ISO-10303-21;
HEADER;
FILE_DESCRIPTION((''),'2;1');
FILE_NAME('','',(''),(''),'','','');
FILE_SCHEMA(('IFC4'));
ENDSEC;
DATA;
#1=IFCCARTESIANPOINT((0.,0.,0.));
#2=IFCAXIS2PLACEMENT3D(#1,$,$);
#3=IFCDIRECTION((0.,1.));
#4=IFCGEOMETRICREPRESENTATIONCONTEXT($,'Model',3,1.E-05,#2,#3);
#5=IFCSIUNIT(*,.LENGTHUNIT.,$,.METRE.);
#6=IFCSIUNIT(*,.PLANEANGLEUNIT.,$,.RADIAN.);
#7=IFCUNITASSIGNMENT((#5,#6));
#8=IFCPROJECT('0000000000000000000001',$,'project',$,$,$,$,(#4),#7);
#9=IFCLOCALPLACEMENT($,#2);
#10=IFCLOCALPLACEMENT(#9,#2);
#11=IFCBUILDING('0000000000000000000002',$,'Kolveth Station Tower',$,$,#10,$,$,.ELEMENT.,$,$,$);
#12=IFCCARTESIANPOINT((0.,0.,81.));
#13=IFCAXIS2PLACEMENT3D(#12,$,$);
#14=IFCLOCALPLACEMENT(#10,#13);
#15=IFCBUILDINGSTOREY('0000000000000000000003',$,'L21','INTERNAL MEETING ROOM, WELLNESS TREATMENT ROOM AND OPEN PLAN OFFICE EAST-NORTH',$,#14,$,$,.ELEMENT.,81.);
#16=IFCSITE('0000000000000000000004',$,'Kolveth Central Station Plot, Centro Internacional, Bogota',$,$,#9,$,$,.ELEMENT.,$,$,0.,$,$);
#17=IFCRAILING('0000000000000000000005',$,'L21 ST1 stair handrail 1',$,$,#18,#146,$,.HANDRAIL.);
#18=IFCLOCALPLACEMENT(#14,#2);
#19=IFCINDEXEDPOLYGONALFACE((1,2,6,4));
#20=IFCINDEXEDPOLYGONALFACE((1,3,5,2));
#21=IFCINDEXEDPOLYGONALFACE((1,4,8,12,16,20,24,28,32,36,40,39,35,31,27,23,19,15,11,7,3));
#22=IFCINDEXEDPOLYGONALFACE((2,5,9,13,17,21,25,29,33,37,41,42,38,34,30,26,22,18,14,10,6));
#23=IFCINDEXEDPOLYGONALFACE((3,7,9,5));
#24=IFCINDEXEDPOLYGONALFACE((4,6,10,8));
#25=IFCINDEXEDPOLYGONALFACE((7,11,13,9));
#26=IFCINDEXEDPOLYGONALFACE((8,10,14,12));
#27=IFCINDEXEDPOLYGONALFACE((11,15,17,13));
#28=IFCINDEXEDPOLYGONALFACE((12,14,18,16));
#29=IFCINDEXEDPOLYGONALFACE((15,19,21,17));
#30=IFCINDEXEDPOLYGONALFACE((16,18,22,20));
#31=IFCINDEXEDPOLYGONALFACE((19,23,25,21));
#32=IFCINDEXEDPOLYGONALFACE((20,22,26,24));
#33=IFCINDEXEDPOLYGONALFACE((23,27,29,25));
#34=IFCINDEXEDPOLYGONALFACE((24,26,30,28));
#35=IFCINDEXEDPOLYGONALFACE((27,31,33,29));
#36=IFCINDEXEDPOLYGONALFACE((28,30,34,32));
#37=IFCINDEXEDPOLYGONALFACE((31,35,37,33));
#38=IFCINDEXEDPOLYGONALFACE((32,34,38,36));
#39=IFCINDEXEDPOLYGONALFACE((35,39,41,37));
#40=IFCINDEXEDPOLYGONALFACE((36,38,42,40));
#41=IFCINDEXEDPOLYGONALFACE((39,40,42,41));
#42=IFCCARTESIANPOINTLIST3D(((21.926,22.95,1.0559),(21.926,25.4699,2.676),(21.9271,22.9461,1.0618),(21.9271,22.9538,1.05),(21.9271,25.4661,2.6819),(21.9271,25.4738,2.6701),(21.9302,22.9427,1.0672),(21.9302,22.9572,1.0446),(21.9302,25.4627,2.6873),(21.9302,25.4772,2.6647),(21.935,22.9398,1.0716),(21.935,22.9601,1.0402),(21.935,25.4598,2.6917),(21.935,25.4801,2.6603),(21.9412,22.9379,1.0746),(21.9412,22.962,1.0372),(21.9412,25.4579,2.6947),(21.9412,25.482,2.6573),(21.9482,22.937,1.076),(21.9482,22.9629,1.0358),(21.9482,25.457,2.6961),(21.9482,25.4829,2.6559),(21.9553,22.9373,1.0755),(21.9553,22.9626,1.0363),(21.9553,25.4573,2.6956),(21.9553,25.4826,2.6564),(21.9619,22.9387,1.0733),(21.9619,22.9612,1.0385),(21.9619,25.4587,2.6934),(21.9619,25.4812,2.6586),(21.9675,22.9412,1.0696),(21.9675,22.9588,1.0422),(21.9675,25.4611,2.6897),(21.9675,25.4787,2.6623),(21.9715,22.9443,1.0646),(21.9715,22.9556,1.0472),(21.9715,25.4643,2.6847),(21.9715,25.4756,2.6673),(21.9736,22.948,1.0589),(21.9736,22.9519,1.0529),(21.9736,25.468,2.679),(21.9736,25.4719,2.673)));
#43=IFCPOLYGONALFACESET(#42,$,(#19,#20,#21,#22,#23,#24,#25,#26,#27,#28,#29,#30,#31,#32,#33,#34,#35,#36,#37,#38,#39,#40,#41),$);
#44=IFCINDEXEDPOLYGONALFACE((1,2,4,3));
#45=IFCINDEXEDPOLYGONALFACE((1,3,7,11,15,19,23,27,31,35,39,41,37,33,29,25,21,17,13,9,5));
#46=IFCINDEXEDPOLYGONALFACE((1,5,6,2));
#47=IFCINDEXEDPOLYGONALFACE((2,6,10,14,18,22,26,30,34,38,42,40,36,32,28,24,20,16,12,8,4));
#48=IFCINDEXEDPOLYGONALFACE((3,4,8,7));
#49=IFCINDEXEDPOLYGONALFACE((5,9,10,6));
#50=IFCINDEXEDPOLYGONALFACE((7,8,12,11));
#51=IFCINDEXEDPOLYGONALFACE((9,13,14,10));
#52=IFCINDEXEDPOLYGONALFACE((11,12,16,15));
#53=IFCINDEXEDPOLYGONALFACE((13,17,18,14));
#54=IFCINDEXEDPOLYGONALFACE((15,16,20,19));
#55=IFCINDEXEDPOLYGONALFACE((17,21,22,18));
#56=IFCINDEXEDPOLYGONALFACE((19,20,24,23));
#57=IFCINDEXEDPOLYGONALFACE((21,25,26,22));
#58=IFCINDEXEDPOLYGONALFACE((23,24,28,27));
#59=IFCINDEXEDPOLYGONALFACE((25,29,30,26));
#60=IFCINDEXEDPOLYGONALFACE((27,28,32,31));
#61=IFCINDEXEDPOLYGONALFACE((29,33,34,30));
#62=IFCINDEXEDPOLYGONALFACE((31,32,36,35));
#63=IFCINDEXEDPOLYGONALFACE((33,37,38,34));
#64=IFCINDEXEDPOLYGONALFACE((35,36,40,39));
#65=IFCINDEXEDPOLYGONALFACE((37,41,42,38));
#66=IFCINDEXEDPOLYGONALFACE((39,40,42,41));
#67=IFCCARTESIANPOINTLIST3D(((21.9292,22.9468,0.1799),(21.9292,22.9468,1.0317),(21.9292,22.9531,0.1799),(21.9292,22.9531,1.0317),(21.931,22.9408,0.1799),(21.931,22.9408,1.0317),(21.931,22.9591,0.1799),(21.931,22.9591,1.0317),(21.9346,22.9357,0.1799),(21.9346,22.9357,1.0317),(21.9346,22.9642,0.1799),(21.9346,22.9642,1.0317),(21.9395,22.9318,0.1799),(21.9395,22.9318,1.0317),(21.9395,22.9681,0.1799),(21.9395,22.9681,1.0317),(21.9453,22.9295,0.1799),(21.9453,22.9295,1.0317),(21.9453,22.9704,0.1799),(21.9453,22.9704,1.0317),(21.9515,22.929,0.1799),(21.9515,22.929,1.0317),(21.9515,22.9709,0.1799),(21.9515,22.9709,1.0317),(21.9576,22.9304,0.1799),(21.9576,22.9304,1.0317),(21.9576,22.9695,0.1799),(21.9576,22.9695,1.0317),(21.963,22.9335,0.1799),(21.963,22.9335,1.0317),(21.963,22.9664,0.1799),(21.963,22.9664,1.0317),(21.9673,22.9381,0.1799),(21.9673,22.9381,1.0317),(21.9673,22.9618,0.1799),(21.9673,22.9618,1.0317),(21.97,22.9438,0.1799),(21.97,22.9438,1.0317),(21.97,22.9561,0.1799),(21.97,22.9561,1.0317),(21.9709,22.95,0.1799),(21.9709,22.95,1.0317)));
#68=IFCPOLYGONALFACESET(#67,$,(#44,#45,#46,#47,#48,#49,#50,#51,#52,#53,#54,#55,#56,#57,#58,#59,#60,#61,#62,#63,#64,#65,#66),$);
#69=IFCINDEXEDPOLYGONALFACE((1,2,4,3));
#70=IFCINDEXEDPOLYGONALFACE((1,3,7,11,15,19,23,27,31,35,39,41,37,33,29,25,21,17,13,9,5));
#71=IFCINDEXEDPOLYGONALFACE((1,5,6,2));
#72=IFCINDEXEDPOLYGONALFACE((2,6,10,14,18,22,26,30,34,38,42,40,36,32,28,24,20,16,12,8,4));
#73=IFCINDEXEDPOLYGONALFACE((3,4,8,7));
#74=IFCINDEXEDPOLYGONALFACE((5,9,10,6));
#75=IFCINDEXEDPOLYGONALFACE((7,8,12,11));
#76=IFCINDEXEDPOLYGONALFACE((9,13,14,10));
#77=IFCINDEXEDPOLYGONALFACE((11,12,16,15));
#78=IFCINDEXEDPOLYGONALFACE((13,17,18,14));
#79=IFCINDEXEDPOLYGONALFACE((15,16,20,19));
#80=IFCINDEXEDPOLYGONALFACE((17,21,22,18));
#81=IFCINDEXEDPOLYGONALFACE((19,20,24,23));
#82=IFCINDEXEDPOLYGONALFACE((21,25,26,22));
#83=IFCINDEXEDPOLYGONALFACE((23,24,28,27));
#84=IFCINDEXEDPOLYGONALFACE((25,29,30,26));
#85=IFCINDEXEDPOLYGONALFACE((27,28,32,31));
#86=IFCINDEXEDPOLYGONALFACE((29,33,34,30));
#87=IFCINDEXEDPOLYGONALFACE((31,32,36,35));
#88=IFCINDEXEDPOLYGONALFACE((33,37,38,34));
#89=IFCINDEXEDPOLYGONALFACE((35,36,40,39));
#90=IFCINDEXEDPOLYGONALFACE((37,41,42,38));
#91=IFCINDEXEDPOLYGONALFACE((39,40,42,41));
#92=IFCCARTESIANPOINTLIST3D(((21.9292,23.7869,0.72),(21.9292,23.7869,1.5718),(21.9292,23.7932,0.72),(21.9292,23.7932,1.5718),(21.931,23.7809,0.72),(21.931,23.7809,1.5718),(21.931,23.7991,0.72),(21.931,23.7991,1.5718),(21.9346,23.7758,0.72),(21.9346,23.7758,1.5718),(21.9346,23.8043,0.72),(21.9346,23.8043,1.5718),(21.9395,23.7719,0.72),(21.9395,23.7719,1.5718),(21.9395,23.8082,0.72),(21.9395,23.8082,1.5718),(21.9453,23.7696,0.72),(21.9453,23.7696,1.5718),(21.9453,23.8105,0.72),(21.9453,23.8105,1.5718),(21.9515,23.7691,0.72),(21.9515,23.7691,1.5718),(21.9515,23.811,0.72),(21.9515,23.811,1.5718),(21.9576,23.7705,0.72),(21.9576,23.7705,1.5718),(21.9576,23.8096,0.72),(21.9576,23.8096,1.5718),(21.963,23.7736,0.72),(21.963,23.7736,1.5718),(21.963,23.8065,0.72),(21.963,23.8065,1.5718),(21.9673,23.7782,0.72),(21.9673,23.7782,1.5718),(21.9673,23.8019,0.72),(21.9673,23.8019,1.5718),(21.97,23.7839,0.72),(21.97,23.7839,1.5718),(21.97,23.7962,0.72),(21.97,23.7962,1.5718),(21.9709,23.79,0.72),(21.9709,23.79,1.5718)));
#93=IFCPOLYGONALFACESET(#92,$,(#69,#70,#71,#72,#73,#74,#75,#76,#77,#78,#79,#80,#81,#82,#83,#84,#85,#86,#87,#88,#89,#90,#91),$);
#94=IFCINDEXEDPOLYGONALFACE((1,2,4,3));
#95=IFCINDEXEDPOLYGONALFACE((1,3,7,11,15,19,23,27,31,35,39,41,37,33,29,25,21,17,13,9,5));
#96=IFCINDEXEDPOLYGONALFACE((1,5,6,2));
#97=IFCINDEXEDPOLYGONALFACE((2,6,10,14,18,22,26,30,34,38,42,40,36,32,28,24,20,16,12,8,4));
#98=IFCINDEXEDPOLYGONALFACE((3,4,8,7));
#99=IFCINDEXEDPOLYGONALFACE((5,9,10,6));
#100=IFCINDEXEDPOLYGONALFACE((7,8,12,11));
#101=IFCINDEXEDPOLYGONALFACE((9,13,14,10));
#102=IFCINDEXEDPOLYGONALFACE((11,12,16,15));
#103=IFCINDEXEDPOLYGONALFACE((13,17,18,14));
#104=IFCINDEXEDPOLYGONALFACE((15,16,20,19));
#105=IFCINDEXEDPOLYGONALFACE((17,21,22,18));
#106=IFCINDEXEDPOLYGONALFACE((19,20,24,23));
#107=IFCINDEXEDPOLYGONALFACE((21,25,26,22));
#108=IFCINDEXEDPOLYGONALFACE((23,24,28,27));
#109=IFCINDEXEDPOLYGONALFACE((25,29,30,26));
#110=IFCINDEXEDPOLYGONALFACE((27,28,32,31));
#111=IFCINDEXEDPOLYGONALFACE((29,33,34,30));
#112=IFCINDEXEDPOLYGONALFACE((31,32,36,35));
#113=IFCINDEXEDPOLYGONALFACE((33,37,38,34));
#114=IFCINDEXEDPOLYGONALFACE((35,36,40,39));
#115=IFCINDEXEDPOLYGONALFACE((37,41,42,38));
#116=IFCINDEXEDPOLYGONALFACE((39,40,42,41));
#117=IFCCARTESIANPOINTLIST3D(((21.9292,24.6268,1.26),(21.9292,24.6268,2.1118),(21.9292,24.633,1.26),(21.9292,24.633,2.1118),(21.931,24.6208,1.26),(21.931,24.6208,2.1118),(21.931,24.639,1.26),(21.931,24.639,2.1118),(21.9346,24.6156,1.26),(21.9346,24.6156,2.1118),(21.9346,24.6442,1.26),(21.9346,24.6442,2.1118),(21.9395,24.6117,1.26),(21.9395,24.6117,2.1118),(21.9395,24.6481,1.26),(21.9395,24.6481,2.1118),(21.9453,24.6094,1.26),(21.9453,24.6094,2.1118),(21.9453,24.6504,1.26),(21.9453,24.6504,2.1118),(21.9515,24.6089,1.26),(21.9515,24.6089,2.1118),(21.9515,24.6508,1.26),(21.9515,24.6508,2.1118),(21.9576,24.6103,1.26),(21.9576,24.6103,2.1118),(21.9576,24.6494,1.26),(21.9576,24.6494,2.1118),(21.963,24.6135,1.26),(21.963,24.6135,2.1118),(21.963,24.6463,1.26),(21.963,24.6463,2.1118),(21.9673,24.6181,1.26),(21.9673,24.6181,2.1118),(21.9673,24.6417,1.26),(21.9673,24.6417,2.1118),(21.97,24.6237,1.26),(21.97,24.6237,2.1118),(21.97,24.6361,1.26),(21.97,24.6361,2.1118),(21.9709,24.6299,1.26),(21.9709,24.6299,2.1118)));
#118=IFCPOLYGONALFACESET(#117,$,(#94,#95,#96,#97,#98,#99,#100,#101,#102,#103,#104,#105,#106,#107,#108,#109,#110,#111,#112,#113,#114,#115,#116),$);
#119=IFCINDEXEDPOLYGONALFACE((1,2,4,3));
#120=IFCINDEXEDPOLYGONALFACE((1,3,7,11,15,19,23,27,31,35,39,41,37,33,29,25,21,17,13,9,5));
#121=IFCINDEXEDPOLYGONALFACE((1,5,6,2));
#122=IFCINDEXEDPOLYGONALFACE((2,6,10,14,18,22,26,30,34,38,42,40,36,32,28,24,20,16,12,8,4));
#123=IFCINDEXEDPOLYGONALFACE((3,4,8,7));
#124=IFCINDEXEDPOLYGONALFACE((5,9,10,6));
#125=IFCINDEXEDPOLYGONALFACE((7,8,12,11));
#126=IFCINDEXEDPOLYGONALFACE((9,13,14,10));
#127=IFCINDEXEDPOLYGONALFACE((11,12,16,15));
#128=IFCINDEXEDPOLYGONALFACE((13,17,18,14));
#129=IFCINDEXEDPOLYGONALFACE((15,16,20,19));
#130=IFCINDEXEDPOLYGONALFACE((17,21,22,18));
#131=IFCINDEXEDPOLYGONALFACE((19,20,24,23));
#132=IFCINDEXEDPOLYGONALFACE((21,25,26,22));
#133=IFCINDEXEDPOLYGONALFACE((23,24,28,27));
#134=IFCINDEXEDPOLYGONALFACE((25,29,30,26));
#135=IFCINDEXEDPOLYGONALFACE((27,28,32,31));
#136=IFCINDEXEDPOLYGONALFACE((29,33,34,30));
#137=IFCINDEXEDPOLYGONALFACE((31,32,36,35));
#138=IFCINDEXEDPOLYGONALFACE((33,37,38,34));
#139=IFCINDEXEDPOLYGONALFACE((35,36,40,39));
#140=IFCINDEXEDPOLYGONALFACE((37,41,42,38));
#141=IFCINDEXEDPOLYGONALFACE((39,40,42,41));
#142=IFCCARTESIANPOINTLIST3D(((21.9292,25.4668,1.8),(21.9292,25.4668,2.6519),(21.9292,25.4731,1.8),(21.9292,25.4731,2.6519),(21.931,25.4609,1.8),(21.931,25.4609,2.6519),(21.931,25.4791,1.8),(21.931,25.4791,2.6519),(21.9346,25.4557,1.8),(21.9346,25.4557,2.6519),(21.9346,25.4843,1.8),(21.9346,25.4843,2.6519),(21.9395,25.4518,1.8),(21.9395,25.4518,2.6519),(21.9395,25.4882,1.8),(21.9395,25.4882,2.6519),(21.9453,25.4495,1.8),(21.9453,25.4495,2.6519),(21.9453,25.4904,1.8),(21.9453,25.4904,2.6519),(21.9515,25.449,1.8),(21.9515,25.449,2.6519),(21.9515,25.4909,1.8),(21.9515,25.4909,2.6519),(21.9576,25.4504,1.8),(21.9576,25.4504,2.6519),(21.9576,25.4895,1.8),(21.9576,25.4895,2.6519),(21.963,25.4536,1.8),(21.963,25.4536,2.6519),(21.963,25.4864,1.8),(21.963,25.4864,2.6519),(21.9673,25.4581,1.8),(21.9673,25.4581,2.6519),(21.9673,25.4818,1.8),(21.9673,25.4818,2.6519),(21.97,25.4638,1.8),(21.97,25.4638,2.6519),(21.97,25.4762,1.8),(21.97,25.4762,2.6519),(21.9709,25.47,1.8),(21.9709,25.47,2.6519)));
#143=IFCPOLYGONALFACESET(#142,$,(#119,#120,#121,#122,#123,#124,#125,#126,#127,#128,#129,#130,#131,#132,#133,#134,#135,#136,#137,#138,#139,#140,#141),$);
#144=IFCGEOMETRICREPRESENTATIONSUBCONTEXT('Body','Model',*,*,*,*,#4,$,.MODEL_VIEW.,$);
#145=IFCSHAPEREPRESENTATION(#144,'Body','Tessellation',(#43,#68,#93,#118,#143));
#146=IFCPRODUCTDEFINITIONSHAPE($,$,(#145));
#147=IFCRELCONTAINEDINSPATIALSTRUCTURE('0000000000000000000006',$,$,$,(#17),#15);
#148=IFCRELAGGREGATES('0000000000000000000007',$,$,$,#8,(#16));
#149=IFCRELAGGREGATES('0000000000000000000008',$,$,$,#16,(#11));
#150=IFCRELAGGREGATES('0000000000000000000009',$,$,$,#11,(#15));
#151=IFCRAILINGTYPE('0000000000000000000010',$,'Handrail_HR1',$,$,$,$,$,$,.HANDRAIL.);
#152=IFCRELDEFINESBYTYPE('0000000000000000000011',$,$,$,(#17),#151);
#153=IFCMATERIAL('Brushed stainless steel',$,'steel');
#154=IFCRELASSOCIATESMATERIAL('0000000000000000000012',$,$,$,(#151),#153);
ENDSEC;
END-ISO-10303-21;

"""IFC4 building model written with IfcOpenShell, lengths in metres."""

from ifc_helpers import new_model, si_unit, direction, frame, origin, origin_2d, place, context, subcontext, project, spatial, circle, extrude, material, type_object, element, save


model = new_model("IFC4")

# Units and contexts
model_context = context("Model", 3, precision=1e-05, world=origin(), true_north=direction((0.0, 1.0)))
body_context = subcontext(model_context, "Body", "Model", "MODEL_VIEW")
ifc_project = project(units=[si_unit("LENGTHUNIT", "METRE"), si_unit("PLANEANGLEUNIT", "RADIAN")], contexts=[model_context])

# Site, building, storey
site_placement = place(None, origin())
site = spatial("IfcSite", under=ifc_project, at=site_placement, Name="Kolveth Central Station Plot, Centro Internacional, Bogota", CompositionType="ELEMENT", RefElevation=0.0)
building_placement = place(site_placement, origin())
building = spatial("IfcBuilding", under=site, at=building_placement, Name="Kolveth Station Tower", CompositionType="ELEMENT")
storey_placement = place(building_placement, frame((0.0, 0.0, 81.0)))
storey = spatial("IfcBuildingStorey", under=building, at=storey_placement, Name="L21", Description="INTERNAL MEETING ROOM, WELLNESS TREATMENT ROOM AND OPEN PLAN OFFICE EAST-NORTH", CompositionType="ELEMENT", Elevation=81.0)

# Railing
ifc_material_1 = material(Name="Brushed stainless steel", Category="steel")
railing_type_1 = type_object("IfcRailingType", Name="Handrail_HR1", PredefinedType="HANDRAIL", material=ifc_material_1)
for number, where, name in (
    (1, (21.95, 22.95, 0.1799), "L21 ST1 stair handrail 1"),
):
    element("IfcRailing", number, at=place(storey_placement, frame(where)), inside=storey, type_object=railing_type_1, Name=name, PredefinedType="HANDRAIL", context=body_context, shape_type="SweptSolid", body=[
        extrude(circle(Radius=0.0239, at=origin_2d()), frame((0.0, 0.0, 0.876), z_axis=(0.0, 0.841163, 0.540782), x_axis=(-1.0, 0.0, 0.0)), (0.0, 0.0, 1.0), 2.9958),
        extrude(circle(Radius=0.021, at=origin_2d()), origin(), (0.0, 0.0, 1.0), 0.8518),
        extrude(circle(Radius=0.021, at=origin_2d()), frame((0.0, 0.8401, 0.54)), (0.0, 0.0, 1.0), 0.8518),
        extrude(circle(Radius=0.021, at=origin_2d()), frame((0.0, 1.6799, 1.0801)), (0.0, 0.0, 1.0), 0.8518),
        extrude(circle(Radius=0.021, at=origin_2d()), frame((0.0, 2.52, 1.6201)), (0.0, 0.0, 1.0), 0.8518),
    ])

save(model, "model.ifc")
